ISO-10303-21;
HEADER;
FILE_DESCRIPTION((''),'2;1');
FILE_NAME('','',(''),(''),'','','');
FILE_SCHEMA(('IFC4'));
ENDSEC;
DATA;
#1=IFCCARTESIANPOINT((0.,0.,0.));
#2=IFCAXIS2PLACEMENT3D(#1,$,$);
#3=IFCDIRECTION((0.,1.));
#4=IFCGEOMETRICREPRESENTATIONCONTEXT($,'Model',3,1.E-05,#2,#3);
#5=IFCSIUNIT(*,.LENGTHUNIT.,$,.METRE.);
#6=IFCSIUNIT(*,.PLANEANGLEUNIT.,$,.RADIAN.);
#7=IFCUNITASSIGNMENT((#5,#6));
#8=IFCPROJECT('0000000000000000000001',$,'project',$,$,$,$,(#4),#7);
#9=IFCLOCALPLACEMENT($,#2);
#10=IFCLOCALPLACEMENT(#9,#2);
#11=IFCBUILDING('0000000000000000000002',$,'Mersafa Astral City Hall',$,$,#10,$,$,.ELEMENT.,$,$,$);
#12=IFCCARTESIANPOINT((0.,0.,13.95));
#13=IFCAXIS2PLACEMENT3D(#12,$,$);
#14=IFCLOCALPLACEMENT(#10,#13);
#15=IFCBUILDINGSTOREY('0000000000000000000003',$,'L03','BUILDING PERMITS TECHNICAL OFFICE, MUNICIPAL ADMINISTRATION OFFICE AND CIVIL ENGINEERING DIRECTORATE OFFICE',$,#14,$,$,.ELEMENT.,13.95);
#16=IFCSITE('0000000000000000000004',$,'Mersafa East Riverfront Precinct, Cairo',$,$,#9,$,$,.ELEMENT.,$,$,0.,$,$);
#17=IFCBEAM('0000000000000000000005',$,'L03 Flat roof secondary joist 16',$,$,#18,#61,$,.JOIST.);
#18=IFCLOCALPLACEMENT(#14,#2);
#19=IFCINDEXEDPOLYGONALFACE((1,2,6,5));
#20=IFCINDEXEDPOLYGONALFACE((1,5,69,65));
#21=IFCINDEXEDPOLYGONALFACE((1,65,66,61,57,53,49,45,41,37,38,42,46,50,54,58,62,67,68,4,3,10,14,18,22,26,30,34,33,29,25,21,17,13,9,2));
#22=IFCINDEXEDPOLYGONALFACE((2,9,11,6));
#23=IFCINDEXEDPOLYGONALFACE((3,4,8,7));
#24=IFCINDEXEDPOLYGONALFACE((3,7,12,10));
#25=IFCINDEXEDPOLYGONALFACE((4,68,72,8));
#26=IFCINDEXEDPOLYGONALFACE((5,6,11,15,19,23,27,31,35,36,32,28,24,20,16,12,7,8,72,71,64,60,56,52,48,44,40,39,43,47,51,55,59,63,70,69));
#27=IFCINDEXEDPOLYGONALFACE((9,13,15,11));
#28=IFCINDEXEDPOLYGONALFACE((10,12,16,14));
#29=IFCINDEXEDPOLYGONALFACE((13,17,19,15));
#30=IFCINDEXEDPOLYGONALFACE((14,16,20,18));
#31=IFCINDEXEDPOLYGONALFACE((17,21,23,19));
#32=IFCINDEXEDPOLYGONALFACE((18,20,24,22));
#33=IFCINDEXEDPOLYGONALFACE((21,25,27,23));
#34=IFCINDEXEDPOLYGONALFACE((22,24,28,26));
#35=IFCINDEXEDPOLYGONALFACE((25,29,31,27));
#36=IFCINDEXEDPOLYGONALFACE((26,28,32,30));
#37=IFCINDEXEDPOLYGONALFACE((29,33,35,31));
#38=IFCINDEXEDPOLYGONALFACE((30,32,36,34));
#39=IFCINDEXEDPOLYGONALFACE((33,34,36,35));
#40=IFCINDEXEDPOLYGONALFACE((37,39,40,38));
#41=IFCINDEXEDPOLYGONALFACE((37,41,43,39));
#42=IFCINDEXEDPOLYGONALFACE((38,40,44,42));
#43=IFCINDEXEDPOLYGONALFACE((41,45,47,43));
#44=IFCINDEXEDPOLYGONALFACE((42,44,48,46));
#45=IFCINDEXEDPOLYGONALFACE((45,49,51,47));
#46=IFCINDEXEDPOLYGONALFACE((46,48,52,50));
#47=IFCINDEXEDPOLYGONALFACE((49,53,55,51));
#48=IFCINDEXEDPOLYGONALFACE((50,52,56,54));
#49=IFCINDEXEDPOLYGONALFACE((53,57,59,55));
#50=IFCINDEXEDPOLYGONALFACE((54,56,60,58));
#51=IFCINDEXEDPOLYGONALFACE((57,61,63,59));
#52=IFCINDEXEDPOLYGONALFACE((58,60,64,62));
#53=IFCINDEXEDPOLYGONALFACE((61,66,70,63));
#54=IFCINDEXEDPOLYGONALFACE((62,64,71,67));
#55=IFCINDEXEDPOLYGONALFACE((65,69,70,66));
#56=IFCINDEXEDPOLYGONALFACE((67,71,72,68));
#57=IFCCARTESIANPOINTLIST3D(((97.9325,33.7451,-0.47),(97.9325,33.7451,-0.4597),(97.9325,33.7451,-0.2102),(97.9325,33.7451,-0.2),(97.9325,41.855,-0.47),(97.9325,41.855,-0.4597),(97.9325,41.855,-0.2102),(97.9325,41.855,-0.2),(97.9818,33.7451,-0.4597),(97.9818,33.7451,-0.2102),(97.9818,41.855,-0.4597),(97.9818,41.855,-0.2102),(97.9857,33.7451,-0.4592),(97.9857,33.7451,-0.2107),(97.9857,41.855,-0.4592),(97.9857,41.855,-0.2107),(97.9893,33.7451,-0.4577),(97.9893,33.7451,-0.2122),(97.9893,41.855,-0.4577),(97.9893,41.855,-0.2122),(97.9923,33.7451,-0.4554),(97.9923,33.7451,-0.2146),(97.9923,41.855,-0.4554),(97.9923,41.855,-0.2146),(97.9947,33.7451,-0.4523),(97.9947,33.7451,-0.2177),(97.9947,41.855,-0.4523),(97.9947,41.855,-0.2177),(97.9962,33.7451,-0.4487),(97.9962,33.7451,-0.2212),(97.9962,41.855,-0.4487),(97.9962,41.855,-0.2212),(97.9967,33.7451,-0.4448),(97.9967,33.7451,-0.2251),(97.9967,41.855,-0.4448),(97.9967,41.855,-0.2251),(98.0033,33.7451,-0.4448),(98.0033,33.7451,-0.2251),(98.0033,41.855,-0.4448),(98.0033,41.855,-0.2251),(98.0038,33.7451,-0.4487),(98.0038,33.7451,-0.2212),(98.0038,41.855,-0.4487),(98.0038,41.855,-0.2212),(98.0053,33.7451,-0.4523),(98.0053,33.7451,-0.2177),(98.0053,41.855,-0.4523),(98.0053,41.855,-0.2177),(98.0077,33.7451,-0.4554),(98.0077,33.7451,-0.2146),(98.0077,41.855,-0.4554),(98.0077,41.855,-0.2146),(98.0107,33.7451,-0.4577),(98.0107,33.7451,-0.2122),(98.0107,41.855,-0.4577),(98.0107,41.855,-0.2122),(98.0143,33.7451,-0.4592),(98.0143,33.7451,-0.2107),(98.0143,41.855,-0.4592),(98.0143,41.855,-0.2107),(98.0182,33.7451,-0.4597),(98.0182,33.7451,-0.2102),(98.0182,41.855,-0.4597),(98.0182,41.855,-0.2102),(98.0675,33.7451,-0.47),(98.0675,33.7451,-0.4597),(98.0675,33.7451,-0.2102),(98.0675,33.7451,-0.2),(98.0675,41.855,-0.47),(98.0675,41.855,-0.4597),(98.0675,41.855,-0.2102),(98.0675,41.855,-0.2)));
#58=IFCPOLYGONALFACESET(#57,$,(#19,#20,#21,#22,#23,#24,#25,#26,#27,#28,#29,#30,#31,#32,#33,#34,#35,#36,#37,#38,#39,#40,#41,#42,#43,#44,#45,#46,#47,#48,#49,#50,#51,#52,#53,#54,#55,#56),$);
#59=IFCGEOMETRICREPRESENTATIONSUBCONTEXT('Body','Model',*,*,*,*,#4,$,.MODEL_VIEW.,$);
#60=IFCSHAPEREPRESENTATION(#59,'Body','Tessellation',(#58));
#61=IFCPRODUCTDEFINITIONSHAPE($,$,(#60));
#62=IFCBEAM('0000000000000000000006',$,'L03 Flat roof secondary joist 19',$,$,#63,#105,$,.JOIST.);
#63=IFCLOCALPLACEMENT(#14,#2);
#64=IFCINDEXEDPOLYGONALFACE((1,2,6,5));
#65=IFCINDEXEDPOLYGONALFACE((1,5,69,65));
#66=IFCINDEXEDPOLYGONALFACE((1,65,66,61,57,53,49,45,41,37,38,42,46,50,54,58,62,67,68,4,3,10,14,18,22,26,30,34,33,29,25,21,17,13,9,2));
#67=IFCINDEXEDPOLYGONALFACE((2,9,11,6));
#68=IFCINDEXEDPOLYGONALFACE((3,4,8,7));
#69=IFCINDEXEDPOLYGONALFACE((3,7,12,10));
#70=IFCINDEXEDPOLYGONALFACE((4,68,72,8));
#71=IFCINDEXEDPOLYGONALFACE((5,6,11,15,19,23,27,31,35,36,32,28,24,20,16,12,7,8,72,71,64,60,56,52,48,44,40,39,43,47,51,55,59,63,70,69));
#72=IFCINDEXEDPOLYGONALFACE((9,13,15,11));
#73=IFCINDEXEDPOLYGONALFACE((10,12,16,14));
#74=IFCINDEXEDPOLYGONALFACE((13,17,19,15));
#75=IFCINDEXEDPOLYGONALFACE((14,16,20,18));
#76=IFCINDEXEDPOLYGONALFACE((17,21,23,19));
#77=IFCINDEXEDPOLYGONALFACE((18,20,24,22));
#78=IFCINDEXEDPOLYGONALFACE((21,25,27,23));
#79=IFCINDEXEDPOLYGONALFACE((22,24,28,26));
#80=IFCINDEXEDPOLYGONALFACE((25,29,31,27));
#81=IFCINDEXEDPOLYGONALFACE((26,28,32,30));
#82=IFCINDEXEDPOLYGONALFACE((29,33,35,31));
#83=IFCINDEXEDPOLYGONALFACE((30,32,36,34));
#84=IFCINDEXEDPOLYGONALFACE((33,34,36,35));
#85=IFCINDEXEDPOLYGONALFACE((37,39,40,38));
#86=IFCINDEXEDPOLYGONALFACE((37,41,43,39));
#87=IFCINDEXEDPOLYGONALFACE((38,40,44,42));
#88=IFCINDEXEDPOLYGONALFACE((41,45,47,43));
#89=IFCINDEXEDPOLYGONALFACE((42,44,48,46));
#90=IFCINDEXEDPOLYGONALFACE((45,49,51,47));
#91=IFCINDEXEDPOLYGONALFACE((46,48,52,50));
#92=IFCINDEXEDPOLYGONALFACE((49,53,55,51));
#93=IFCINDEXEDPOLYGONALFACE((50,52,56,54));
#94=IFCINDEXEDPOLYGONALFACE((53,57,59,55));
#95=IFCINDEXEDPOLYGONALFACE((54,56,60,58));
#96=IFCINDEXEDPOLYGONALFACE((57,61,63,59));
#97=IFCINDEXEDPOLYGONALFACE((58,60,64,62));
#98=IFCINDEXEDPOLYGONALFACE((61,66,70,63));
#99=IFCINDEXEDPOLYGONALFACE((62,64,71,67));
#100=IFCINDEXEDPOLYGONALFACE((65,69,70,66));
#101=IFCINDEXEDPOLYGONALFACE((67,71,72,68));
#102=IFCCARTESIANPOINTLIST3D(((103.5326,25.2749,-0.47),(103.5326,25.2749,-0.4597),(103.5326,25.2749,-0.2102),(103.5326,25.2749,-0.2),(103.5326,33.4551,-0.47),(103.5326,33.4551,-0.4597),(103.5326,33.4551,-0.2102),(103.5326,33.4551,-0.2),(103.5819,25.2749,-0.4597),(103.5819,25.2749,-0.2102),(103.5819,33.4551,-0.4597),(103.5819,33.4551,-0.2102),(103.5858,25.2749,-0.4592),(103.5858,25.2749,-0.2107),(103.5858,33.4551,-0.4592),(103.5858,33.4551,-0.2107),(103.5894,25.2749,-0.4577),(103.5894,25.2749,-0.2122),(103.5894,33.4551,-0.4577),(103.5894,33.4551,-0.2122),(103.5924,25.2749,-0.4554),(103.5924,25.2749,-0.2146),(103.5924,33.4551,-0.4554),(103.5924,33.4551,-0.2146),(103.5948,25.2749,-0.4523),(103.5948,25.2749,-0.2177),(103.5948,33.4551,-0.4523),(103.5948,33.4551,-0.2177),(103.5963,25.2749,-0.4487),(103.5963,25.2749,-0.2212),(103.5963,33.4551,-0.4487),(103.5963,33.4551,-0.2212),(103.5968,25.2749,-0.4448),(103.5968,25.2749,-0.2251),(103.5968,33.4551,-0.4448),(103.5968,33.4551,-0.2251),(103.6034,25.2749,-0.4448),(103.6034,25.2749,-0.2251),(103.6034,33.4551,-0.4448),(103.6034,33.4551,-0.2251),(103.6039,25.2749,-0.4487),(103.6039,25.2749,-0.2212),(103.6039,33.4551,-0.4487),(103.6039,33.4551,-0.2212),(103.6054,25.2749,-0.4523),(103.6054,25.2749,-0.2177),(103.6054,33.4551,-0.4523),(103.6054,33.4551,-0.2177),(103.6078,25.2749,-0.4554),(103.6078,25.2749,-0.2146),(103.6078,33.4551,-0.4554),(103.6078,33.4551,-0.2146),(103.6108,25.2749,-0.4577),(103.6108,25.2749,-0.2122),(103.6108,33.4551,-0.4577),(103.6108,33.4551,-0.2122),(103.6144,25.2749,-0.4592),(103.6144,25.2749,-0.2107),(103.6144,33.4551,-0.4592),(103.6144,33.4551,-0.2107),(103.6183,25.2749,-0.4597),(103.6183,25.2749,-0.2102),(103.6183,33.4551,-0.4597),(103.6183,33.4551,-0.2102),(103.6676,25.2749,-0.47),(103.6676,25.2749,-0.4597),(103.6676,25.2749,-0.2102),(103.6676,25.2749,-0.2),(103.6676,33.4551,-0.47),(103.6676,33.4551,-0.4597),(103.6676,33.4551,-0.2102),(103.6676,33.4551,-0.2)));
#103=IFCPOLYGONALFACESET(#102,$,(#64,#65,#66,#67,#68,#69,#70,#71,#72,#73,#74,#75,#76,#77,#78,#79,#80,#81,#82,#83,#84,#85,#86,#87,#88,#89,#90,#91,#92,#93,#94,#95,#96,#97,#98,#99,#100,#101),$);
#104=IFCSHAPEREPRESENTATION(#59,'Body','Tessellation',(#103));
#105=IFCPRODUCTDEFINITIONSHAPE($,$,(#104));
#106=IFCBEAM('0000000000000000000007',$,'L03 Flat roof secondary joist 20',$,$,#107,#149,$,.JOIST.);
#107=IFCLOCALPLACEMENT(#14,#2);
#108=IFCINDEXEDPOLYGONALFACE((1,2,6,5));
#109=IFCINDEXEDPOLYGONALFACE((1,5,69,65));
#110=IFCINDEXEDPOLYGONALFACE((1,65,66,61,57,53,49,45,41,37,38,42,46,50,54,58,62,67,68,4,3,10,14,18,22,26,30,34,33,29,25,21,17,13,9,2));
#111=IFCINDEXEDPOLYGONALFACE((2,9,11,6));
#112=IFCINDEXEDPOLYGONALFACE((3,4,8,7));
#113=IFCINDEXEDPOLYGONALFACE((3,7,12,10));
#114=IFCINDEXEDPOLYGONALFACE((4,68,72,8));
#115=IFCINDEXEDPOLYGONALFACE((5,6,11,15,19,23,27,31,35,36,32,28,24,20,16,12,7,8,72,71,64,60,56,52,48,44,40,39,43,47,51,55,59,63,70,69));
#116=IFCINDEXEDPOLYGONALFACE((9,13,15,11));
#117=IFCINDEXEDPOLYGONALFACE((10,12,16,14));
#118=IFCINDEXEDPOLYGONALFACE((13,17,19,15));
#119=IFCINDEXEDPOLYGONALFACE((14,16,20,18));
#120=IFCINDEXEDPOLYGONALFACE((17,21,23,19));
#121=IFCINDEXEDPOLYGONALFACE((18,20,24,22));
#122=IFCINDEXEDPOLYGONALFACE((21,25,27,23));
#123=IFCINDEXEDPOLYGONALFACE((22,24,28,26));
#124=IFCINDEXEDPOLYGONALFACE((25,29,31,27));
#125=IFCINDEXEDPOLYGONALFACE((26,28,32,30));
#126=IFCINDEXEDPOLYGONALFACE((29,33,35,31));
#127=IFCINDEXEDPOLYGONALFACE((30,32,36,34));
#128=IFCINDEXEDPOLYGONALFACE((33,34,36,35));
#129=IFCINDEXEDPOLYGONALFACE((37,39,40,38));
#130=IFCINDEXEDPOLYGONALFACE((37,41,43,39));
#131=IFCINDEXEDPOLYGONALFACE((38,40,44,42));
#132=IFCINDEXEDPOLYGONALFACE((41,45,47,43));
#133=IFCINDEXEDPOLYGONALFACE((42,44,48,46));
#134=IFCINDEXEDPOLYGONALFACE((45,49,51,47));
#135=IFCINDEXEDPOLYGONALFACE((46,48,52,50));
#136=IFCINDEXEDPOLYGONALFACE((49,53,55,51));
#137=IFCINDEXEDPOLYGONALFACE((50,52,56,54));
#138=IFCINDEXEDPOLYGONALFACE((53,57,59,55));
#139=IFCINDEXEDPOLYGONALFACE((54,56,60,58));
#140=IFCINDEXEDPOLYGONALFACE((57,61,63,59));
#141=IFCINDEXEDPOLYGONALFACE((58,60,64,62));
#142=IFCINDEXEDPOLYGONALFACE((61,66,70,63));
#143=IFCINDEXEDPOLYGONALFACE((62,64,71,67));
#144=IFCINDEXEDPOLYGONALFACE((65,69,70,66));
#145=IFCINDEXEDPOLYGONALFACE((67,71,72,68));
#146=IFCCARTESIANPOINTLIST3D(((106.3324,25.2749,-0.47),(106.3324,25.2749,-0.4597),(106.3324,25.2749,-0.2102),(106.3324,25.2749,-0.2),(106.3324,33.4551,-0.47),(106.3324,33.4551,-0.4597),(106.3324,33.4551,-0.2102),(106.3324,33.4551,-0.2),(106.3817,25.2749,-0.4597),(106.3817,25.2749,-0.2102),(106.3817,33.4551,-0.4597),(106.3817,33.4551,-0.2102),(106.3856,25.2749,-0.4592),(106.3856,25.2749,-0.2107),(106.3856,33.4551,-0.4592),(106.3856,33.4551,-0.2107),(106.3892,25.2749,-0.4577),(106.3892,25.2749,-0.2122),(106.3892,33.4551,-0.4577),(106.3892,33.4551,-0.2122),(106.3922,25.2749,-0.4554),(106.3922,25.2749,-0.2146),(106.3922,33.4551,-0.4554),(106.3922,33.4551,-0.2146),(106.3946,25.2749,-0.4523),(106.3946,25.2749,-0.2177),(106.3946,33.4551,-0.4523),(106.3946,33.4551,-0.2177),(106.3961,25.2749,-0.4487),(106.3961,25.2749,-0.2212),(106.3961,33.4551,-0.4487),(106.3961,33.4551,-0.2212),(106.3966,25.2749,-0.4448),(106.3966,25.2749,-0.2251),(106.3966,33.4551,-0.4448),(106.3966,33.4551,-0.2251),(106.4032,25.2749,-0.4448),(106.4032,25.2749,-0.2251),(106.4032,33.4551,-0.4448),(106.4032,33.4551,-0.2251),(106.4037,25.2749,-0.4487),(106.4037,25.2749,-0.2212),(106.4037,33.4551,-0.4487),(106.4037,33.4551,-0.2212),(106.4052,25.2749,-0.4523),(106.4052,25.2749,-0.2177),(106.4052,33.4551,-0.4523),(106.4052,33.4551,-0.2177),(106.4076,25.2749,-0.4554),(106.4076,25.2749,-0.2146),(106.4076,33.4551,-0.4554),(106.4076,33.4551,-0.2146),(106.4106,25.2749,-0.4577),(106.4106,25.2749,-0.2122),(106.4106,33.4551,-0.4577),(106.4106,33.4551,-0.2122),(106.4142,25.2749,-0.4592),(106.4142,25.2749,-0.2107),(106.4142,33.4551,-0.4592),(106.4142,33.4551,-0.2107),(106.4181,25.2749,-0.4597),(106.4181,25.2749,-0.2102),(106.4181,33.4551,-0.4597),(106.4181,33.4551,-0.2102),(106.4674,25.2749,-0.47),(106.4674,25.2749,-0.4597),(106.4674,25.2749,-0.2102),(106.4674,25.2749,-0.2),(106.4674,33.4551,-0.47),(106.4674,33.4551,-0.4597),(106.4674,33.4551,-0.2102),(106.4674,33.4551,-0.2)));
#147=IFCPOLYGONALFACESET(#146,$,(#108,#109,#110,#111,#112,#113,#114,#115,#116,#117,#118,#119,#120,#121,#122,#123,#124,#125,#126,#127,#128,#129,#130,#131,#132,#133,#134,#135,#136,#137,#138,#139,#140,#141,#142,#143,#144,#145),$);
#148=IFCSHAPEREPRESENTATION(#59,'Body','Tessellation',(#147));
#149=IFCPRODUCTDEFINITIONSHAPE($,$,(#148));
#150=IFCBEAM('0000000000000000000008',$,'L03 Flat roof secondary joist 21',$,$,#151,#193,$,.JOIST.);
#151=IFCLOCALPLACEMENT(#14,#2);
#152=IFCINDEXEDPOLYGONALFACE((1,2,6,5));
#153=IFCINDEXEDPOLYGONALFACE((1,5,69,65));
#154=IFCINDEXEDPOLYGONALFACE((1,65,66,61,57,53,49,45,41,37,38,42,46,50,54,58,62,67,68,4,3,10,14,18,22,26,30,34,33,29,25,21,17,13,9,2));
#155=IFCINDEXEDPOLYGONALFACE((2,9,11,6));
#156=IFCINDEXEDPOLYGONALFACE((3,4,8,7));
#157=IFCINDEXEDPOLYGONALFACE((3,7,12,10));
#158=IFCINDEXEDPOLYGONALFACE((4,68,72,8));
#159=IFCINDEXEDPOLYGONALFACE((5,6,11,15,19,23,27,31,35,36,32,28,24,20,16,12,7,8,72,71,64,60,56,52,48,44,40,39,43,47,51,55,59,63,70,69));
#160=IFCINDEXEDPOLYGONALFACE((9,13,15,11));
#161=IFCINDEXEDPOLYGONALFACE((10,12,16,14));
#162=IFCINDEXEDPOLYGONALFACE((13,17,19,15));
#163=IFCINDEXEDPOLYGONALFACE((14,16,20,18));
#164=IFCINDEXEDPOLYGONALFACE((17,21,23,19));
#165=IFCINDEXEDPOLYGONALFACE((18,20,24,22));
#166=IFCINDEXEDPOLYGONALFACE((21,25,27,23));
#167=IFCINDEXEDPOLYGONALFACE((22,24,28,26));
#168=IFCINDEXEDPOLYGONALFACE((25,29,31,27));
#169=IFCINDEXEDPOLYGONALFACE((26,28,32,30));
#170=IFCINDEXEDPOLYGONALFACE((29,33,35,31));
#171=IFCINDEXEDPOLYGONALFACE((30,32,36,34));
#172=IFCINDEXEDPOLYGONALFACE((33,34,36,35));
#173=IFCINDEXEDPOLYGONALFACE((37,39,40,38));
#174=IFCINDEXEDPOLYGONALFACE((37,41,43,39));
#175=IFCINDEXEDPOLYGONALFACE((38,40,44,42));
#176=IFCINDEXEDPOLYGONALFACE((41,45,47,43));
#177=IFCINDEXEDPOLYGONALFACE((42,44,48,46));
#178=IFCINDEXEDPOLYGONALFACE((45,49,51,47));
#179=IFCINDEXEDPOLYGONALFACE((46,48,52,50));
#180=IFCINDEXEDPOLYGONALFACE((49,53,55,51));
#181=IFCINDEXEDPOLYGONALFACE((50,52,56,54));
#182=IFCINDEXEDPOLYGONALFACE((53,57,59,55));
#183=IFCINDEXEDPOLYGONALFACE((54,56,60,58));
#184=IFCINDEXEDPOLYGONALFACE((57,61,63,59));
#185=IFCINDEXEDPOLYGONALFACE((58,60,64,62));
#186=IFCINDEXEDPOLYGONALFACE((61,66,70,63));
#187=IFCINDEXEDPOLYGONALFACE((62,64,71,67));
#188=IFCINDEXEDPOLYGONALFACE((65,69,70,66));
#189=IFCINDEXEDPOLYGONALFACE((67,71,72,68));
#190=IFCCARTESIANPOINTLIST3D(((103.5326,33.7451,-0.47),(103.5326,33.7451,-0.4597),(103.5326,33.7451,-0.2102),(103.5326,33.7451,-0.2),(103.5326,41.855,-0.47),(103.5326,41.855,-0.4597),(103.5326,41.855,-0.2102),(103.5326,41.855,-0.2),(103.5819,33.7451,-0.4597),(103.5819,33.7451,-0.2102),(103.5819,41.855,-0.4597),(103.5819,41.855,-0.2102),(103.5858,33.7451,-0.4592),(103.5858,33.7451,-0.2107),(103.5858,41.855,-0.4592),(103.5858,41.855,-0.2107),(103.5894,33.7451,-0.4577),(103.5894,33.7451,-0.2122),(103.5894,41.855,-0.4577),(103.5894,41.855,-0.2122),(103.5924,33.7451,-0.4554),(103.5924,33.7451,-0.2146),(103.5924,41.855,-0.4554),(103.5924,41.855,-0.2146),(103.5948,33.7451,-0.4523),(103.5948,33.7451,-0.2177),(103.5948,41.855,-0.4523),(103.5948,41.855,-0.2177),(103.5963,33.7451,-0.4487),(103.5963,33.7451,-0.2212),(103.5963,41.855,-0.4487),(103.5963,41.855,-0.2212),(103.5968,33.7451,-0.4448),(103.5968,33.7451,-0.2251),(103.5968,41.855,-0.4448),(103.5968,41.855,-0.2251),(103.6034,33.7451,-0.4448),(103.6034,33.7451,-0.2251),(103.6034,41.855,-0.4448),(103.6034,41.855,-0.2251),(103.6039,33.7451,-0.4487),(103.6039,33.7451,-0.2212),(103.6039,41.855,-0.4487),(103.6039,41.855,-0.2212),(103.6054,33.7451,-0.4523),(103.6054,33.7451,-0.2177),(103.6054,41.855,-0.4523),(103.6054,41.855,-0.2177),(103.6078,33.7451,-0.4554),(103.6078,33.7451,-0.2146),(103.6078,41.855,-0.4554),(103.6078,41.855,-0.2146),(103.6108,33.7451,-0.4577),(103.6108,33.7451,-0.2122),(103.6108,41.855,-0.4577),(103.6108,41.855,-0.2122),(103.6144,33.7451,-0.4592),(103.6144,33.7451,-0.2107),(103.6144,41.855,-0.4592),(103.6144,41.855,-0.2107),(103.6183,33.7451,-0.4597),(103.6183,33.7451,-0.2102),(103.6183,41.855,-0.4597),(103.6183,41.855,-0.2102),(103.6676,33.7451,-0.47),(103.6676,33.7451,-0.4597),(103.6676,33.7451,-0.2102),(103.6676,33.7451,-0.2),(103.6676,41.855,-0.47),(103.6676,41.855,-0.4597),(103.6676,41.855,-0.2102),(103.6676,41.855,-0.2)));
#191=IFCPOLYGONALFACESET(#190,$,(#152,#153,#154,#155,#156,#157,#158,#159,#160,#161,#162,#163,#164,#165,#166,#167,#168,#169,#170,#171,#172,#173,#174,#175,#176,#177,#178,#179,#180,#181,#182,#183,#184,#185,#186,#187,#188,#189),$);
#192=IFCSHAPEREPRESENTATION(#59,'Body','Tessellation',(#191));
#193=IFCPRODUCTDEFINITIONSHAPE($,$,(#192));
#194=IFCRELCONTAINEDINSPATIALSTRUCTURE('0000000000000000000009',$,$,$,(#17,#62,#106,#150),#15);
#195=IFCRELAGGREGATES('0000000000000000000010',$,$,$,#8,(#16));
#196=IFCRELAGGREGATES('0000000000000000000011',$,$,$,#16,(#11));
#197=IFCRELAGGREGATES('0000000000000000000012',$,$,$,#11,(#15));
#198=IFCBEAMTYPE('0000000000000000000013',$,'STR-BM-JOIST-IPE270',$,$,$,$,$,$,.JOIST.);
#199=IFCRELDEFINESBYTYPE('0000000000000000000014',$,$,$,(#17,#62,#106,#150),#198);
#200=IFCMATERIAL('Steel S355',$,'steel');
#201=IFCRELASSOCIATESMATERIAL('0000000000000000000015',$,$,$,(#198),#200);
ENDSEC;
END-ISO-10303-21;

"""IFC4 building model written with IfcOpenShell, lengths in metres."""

from ifc_helpers import new_model, si_unit, direction, frame, origin, origin_2d, place, context, subcontext, project, spatial, i_section, extrude, material, material_profile, profile_set, type_object, element, save


model = new_model("IFC4")

# Units and contexts
model_context = context("Model", 3, precision=1e-05, world=origin(), true_north=direction((0.0, 1.0)))
body_context = subcontext(model_context, "Body", "Model", "MODEL_VIEW")
ifc_project = project(units=[si_unit("LENGTHUNIT", "METRE"), si_unit("PLANEANGLEUNIT", "RADIAN")], contexts=[model_context])

# Site, building, storey
site_placement = place(None, origin())
site = spatial("IfcSite", under=ifc_project, at=site_placement, Name="Mersafa East Riverfront Precinct, Cairo", CompositionType="ELEMENT", RefElevation=0.0)
building_placement = place(site_placement, origin())
building = spatial("IfcBuilding", under=site, at=building_placement, Name="Mersafa Astral City Hall", CompositionType="ELEMENT")
storey_placement = place(building_placement, frame((0.0, 0.0, 13.95)))
storey = spatial("IfcBuildingStorey", under=building, at=storey_placement, Name="L03", Description="BUILDING PERMITS TECHNICAL OFFICE, MUNICIPAL ADMINISTRATION OFFICE AND CIVIL ENGINEERING DIRECTORATE OFFICE", CompositionType="ELEMENT", Elevation=13.95)

# Beams
ifc_material_1 = material(Name="Steel S355", Category="steel")
ifc_material_profile_1 = material_profile(ifc_material_1, i_section(OverallWidth=0.135, OverallDepth=0.27, WebThickness=0.0066, FlangeThickness=0.0103, FilletRadius=0.0149, at=origin_2d()), Name="IPE 270")
ifc_profile_set_1 = profile_set([ifc_material_profile_1], Name="Steel S355")
beam_type_1 = type_object("IfcBeamType", Name="STR-BM-JOIST-IPE270", PredefinedType="JOIST", material=ifc_profile_set_1)
for number, where, z_axis, x_axis, name in (
    (1, (98.0, 33.7451, -0.335), (0.0, 1.0, 0.0), (-1.0, 0.0, 0.0), "L03 Flat roof secondary joist 16"),
):
    element("IfcBeam", number, at=place(storey_placement, frame(where, z_axis=z_axis, x_axis=x_axis)), inside=storey, type_object=beam_type_1, Name=name, PredefinedType="JOIST", context=body_context, shape_type="SweptSolid", body=[
        extrude(i_section(OverallWidth=0.135, OverallDepth=0.27, WebThickness=0.0066, FlangeThickness=0.0103, FilletRadius=0.0149, at=origin_2d()), origin(), (0.0, 0.0, 1.0), 8.1099),
    ])
for number, where, z_axis, x_axis, name in (
    (2, (103.6001, 25.2749, -0.335), (0.0, 1.0, 0.0), (-1.0, 0.0, 0.0), "L03 Flat roof secondary joist 19"),
    (3, (106.3999, 25.2749, -0.335), (0.0, 1.0, 0.0), (-1.0, 0.0, 0.0), "L03 Flat roof secondary joist 20"),
):
    element("IfcBeam", number, at=place(storey_placement, frame(where, z_axis=z_axis, x_axis=x_axis)), inside=storey, type_object=beam_type_1, Name=name, PredefinedType="JOIST", context=body_context, shape_type="SweptSolid", body=[
        extrude(i_section(OverallWidth=0.135, OverallDepth=0.27, WebThickness=0.0066, FlangeThickness=0.0103, FilletRadius=0.0149, at=origin_2d()), origin(), (0.0, 0.0, 1.0), 8.1802),
    ])
for number, where, z_axis, x_axis, name in (
    (4, (103.6001, 33.7451, -0.335), (0.0, 1.0, 0.0), (-1.0, 0.0, 0.0), "L03 Flat roof secondary joist 21"),
):
    element("IfcBeam", number, at=place(storey_placement, frame(where, z_axis=z_axis, x_axis=x_axis)), inside=storey, type_object=beam_type_1, Name=name, PredefinedType="JOIST", context=body_context, shape_type="SweptSolid", body=[
        extrude(i_section(OverallWidth=0.135, OverallDepth=0.27, WebThickness=0.0066, FlangeThickness=0.0103, FilletRadius=0.0149, at=origin_2d()), origin(), (0.0, 0.0, 1.0), 8.1099),
    ])

save(model, "model.ifc")
